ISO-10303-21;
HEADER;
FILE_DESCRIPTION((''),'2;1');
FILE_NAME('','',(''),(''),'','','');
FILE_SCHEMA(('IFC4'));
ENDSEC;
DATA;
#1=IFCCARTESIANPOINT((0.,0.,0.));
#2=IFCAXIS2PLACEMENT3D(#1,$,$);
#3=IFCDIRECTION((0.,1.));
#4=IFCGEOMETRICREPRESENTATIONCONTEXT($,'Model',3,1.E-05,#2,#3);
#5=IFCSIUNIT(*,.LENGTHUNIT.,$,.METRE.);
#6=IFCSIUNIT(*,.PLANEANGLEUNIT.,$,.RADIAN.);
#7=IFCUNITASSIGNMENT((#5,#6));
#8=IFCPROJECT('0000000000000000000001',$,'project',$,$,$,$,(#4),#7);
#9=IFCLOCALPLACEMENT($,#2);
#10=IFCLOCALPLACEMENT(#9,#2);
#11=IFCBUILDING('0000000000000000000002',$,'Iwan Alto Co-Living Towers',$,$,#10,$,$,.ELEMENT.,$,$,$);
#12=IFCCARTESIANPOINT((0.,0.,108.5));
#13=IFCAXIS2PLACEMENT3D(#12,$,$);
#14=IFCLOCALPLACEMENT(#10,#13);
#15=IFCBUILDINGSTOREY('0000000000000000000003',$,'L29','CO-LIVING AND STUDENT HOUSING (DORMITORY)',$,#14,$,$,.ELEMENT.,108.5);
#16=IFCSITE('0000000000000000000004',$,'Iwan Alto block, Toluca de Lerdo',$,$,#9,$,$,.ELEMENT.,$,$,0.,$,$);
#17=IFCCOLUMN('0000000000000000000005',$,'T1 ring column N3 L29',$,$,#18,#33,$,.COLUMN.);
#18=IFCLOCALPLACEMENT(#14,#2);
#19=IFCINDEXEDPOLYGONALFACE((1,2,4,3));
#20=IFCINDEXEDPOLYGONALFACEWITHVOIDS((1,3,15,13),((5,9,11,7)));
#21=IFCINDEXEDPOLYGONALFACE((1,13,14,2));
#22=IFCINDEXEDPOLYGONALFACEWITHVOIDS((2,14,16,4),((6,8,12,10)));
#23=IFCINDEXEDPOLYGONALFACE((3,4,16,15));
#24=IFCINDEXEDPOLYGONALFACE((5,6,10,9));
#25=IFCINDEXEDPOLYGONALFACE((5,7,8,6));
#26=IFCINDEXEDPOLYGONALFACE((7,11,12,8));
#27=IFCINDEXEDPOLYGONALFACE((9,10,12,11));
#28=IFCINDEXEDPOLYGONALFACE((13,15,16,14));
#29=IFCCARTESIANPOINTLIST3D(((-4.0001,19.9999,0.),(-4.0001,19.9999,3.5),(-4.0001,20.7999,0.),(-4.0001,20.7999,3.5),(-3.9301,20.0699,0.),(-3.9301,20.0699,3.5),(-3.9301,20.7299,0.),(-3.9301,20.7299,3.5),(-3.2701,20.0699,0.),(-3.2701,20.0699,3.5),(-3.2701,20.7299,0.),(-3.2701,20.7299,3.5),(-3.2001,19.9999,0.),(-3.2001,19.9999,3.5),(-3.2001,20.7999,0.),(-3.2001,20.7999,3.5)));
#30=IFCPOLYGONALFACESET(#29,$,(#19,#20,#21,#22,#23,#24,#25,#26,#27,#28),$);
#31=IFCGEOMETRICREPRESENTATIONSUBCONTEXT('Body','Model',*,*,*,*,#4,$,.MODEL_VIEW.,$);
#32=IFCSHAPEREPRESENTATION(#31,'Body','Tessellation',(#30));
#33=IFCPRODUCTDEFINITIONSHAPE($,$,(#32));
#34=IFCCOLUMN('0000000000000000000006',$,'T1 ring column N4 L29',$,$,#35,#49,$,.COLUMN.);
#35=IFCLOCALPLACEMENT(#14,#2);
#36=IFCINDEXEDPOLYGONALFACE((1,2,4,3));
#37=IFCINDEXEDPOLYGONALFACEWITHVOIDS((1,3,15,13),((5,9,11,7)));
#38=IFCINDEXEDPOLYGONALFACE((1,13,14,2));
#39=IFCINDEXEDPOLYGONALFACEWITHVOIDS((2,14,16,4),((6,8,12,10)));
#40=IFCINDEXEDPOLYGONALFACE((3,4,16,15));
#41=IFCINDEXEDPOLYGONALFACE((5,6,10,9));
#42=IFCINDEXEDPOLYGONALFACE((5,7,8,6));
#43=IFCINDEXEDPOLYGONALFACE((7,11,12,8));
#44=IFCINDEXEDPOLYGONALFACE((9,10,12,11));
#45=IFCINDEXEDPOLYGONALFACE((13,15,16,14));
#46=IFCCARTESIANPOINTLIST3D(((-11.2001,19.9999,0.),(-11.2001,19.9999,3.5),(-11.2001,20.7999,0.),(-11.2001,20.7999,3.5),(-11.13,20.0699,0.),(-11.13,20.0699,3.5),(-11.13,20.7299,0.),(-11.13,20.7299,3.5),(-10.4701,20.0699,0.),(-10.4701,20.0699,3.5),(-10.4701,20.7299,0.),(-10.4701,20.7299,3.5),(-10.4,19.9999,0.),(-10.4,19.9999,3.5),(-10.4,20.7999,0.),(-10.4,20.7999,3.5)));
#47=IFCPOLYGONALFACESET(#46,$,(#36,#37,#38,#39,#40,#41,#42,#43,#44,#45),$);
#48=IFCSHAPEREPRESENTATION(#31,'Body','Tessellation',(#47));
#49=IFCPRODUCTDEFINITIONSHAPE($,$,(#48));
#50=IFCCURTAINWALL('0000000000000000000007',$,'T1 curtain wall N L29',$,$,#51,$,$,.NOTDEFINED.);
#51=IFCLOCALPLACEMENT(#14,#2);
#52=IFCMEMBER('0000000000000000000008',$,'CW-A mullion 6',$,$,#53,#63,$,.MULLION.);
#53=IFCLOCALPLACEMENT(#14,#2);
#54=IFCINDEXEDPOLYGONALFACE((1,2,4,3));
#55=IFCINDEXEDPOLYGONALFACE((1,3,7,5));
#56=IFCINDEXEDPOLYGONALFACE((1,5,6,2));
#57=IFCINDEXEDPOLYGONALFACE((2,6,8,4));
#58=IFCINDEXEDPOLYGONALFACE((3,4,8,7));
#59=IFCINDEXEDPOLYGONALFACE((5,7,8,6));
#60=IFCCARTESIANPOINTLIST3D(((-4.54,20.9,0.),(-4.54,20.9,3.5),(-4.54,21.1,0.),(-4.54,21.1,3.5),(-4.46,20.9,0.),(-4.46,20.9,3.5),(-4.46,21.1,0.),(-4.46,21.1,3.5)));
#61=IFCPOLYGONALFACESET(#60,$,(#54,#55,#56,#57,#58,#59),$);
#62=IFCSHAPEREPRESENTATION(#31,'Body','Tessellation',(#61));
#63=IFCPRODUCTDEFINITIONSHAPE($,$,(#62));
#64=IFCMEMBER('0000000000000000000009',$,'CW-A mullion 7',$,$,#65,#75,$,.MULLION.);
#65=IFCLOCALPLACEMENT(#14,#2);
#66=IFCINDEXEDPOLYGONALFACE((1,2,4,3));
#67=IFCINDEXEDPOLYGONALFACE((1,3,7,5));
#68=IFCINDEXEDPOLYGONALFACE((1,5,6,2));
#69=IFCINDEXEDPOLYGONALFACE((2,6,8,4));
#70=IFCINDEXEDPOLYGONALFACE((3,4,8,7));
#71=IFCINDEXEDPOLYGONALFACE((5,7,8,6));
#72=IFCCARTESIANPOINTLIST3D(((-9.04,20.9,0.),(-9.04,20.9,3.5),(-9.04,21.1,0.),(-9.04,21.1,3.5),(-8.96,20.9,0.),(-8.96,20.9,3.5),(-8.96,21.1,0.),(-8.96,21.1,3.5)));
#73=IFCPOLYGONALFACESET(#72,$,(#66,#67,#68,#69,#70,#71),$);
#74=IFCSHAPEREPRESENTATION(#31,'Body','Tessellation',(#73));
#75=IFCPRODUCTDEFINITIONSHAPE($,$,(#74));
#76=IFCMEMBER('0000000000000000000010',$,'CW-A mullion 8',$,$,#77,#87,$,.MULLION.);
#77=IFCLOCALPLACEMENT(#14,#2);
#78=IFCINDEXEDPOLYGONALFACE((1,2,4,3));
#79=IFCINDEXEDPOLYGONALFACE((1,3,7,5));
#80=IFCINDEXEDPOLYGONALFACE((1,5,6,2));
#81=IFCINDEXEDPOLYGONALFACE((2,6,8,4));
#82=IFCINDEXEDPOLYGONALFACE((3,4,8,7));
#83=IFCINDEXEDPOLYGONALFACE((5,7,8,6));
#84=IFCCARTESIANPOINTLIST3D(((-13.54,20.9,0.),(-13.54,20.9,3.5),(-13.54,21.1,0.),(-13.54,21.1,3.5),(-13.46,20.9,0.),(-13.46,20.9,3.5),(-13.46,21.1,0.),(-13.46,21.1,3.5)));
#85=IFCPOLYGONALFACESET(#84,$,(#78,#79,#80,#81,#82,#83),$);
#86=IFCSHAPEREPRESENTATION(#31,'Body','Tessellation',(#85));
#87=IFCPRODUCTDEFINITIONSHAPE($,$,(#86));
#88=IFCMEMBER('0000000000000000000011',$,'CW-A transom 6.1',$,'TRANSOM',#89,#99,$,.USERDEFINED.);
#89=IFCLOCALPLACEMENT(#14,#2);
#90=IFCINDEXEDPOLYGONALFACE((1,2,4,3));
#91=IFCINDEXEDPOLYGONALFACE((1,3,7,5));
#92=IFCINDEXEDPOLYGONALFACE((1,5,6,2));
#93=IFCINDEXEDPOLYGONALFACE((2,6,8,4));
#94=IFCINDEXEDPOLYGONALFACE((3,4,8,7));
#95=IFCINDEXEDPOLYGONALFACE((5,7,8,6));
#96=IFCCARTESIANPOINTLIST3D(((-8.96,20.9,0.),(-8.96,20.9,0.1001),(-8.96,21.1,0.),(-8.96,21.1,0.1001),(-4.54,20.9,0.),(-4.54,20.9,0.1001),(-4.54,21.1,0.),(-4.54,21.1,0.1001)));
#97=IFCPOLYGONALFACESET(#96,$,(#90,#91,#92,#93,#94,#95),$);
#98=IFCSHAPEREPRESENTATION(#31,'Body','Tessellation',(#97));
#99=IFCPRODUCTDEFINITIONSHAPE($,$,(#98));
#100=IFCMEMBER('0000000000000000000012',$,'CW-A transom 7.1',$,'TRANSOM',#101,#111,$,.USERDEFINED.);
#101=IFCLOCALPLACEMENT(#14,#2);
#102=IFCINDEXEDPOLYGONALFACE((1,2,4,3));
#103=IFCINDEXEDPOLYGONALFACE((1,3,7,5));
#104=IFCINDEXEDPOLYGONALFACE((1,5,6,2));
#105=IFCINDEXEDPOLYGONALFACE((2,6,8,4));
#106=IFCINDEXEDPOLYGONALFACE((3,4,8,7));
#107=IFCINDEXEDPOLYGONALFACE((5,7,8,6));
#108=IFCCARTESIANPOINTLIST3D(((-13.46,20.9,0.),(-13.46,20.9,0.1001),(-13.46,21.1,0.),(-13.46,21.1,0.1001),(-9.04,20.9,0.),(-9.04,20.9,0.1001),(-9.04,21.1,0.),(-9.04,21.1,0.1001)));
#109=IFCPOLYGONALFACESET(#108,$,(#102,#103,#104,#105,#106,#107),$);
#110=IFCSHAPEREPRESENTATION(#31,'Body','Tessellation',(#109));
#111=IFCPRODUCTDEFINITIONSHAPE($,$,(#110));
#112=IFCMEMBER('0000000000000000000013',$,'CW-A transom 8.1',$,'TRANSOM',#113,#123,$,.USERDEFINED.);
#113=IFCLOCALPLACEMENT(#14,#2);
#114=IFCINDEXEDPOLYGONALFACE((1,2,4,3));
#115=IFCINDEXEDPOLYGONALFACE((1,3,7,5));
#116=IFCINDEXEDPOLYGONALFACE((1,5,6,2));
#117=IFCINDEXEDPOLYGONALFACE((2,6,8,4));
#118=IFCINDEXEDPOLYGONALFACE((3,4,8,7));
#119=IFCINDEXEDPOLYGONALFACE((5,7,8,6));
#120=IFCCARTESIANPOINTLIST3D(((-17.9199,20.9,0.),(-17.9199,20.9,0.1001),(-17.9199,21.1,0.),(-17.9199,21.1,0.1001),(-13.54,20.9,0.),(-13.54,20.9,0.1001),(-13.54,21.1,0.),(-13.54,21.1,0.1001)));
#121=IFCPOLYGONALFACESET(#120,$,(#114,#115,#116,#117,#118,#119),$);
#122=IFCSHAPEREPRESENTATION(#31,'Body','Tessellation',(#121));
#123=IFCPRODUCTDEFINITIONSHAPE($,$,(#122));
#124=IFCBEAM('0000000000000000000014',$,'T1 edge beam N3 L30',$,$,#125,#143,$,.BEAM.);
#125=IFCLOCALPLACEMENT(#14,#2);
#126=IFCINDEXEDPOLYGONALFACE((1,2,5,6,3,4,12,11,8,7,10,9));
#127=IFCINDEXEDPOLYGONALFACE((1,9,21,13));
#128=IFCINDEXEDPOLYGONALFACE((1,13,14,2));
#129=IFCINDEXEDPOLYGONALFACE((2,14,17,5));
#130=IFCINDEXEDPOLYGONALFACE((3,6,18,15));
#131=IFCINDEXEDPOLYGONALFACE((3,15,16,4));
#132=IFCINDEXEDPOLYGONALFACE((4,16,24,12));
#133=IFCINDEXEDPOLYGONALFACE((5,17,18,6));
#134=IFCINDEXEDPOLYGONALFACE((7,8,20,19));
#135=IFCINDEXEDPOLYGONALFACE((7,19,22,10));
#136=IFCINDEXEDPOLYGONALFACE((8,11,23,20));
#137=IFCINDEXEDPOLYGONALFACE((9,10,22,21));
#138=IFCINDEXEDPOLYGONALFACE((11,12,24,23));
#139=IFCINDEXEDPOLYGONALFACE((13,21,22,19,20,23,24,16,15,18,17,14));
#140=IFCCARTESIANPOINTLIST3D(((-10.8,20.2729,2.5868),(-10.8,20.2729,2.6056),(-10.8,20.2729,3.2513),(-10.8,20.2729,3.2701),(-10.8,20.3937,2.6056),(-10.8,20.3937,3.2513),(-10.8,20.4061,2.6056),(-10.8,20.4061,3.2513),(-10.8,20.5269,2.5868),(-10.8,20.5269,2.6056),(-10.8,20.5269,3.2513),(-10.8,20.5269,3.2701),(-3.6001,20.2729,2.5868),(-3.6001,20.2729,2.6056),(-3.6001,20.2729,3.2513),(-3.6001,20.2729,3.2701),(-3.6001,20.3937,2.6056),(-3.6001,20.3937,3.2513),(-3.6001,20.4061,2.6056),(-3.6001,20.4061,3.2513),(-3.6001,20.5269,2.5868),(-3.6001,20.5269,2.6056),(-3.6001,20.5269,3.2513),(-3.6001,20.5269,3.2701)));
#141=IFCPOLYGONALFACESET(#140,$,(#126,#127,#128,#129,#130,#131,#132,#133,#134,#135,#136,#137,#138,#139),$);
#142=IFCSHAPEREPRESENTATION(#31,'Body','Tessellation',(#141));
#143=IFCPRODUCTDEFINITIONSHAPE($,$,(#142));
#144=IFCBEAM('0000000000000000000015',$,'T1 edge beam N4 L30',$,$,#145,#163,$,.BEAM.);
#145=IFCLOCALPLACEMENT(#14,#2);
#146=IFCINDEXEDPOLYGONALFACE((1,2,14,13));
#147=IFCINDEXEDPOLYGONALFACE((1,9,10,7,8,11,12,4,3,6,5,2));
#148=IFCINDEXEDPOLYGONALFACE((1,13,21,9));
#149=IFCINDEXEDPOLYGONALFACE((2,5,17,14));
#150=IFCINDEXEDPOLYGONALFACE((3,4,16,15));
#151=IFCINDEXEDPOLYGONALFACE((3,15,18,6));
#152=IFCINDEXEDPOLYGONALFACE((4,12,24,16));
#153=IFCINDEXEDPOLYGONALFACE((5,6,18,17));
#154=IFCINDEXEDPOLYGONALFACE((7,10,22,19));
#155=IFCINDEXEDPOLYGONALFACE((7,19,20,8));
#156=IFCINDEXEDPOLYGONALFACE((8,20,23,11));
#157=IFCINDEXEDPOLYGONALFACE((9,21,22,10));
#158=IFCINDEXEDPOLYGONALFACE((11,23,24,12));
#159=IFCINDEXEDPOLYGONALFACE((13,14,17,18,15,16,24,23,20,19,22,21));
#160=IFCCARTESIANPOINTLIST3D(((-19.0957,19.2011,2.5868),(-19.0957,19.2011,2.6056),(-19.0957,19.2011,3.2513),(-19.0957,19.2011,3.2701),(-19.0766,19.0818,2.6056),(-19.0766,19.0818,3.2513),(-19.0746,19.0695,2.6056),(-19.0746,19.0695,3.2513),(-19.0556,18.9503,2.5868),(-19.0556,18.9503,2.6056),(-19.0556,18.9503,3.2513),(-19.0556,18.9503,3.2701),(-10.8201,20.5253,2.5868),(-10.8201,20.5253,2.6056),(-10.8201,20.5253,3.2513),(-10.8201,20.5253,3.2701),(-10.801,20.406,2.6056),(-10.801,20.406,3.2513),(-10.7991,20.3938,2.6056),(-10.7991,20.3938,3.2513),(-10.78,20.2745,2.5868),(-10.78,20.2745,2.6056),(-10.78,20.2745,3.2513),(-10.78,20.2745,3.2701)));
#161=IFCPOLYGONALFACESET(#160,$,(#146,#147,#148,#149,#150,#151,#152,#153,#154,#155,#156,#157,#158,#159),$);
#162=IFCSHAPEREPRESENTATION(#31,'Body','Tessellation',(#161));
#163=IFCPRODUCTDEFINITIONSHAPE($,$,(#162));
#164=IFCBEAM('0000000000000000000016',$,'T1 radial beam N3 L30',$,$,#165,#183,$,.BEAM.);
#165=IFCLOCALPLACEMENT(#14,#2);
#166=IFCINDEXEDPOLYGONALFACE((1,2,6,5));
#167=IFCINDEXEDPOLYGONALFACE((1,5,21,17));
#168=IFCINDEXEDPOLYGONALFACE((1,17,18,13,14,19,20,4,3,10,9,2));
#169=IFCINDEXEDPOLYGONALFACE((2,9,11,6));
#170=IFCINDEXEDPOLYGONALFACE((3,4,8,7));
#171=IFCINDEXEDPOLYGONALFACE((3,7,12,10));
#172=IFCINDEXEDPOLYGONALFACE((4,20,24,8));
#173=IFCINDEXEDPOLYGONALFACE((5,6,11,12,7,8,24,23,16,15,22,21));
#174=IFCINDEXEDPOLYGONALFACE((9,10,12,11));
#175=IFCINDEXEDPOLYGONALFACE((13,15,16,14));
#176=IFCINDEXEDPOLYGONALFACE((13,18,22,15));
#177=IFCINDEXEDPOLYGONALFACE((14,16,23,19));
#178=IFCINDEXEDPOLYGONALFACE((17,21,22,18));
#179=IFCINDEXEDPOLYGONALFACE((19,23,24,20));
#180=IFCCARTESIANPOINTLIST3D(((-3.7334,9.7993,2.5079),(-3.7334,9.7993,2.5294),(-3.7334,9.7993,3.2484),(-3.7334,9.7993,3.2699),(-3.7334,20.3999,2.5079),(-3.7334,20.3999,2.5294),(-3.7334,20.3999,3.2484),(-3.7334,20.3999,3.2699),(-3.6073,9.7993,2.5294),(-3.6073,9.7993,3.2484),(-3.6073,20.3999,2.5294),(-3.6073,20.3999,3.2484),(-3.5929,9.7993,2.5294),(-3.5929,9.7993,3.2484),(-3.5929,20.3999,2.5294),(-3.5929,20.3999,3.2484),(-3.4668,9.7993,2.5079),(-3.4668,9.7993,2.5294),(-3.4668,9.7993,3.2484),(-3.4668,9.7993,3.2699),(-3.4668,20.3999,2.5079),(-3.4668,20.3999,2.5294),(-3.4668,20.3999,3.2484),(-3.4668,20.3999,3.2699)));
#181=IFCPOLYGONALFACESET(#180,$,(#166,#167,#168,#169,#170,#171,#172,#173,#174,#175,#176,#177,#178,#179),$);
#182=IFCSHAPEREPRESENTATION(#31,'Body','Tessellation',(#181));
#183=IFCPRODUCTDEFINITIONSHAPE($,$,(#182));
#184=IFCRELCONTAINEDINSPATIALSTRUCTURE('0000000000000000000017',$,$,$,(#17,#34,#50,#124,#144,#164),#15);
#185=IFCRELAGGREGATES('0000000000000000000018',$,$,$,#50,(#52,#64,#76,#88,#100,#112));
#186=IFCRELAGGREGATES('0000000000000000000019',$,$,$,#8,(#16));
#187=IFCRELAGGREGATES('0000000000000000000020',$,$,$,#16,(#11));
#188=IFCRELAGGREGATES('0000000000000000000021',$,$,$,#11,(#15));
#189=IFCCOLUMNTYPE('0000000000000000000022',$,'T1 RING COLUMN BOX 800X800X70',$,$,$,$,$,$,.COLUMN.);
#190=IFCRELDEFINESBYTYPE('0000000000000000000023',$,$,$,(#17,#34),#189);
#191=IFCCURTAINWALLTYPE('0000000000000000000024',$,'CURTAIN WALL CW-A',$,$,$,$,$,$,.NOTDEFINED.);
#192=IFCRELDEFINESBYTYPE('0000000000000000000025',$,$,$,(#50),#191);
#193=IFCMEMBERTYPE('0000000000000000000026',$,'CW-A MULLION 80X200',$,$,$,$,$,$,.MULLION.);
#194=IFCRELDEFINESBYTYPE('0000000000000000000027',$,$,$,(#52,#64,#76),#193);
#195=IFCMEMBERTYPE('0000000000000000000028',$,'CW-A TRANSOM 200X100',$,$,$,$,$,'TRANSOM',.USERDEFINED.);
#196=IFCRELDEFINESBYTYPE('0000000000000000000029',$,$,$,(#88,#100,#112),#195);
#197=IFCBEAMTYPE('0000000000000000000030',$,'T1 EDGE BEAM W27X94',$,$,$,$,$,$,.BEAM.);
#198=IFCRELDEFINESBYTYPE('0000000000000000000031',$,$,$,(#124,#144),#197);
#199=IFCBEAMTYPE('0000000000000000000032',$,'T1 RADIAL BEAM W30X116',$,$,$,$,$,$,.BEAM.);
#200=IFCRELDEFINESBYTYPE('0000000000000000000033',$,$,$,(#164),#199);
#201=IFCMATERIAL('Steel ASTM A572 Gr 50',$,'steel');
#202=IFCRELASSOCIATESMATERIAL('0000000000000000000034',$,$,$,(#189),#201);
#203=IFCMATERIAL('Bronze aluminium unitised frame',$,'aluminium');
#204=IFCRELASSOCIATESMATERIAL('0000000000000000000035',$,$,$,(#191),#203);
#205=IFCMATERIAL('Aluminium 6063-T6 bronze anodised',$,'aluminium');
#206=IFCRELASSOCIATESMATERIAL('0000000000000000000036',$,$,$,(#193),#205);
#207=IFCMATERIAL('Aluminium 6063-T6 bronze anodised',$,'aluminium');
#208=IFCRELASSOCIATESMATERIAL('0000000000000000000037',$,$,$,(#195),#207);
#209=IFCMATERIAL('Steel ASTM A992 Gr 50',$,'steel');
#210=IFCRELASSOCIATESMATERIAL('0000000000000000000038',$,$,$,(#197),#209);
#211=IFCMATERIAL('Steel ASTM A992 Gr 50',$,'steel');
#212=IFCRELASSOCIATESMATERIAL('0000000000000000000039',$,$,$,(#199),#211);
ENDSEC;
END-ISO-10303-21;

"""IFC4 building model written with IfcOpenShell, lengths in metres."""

from ifc_helpers import new_model, si_unit, direction, frame, origin, origin_2d, place, context, subcontext, project, spatial, rectangle, hollow_rectangle, i_section, extrude, material, material_profile, profile_set, type_object, element, aggregate, save


model = new_model("IFC4")

# Units and contexts
model_context = context("Model", 3, precision=1e-05, world=origin(), true_north=direction((0.0, 1.0)))
body_context = subcontext(model_context, "Body", "Model", "MODEL_VIEW")
ifc_project = project(units=[si_unit("LENGTHUNIT", "METRE"), si_unit("PLANEANGLEUNIT", "RADIAN")], contexts=[model_context])

# Site, building, storey
site_placement = place(None, origin())
site = spatial("IfcSite", under=ifc_project, at=site_placement, Name="Iwan Alto block, Toluca de Lerdo", CompositionType="ELEMENT", RefElevation=0.0)
building_placement = place(site_placement, origin())
building = spatial("IfcBuilding", under=site, at=building_placement, Name="Iwan Alto Co-Living Towers", CompositionType="ELEMENT")
storey_placement = place(building_placement, frame((0.0, 0.0, 108.5)))
storey = spatial("IfcBuildingStorey", under=building, at=storey_placement, Name="L29", Description="CO-LIVING AND STUDENT HOUSING (DORMITORY)", CompositionType="ELEMENT", Elevation=108.5)

# Columns
ifc_material_1 = material(Name="Steel ASTM A572 Gr 50", Category="steel")
ifc_material_profile_1 = material_profile(ifc_material_1, hollow_rectangle(XDim=0.8, YDim=0.8, WallThickness=0.0701, at=origin_2d()), Name="BOX 800X800X70")
ifc_profile_set_1 = profile_set([ifc_material_profile_1], Name="Steel ASTM A572 Gr 50")
column_type = type_object("IfcColumnType", Name="T1 RING COLUMN BOX 800X800X70", PredefinedType="COLUMN", material=ifc_profile_set_1)
for number, where, z_axis, x_axis, name in (
    (1, (-3.6001, 20.3999, 0.0), (0.0, 0.0, 1.0), (1.0, 0.0, 0.0), "T1 ring column N3 L29"),
    (2, (-10.8, 20.3999, 0.0), (0.0, 0.0, 1.0), (1.0, 0.0, 0.0), "T1 ring column N4 L29"),
):
    element("IfcColumn", number, at=place(storey_placement, frame(where, z_axis=z_axis, x_axis=x_axis)), inside=storey, type_object=column_type, Name=name, PredefinedType="COLUMN", context=body_context, shape_type="SweptSolid", body=[
        extrude(hollow_rectangle(XDim=0.8, YDim=0.8, WallThickness=0.0701, at=origin_2d()), origin(), (0.0, 0.0, 1.0), 3.5),
    ])

# Curtain wall, members
ifc_material_2 = material(Name="Bronze aluminium unitised frame", Category="aluminium")
curtain_wall_type = type_object("IfcCurtainWallType", Name="CURTAIN WALL CW-A", PredefinedType="NOTDEFINED", material=ifc_material_2)
curtain_wall_placement = place(storey_placement, origin())
curtain_wall = element("IfcCurtainWall", 3, at=curtain_wall_placement, inside=storey, type_object=curtain_wall_type, Name="T1 curtain wall N L29", PredefinedType="NOTDEFINED")
ifc_material_3 = material(Name="Aluminium 6063-T6 bronze anodised", Category="aluminium")
ifc_material_profile_2 = material_profile(ifc_material_3, rectangle(XDim=0.2, YDim=0.0801, at=origin_2d()), Name="AL 80X200")
ifc_profile_set_2 = profile_set([ifc_material_profile_2], Name="Aluminium 6063-T6 bronze anodised")
member_type_1 = type_object("IfcMemberType", Name="CW-A MULLION 80X200", PredefinedType="MULLION", material=ifc_profile_set_2)
member_1_placement = place(storey_placement, frame((-4.5, 21.0, 0.0), z_axis=(0.0, 0.0, 1.0), x_axis=(0.0, -1.0, 0.0)))
member_1 = element("IfcMember", 4, at=member_1_placement, type_object=member_type_1, Name="CW-A mullion 6", PredefinedType="MULLION", context=body_context, shape_type="SweptSolid", body=[
    extrude(rectangle(XDim=0.2, YDim=0.0801, at=origin_2d()), origin(), (0.0, 0.0, 1.0), 3.5),
])
member_2_placement = place(storey_placement, frame((-9.0, 21.0, 0.0), z_axis=(0.0, 0.0, 1.0), x_axis=(0.0, -1.0, 0.0)))
member_2 = element("IfcMember", 5, at=member_2_placement, type_object=member_type_1, Name="CW-A mullion 7", PredefinedType="MULLION", context=body_context, shape_type="SweptSolid", body=[
    extrude(rectangle(XDim=0.2, YDim=0.0801, at=origin_2d()), origin(), (0.0, 0.0, 1.0), 3.5),
])
member_3_placement = place(storey_placement, frame((-13.5, 21.0, 0.0), z_axis=(0.0, 0.0, 1.0), x_axis=(0.0, -1.0, 0.0)))
member_3 = element("IfcMember", 6, at=member_3_placement, type_object=member_type_1, Name="CW-A mullion 8", PredefinedType="MULLION", context=body_context, shape_type="SweptSolid", body=[
    extrude(rectangle(XDim=0.2, YDim=0.0801, at=origin_2d()), origin(), (0.0, 0.0, 1.0), 3.5),
])
ifc_material_4 = material(Name="Aluminium 6063-T6 bronze anodised", Category="aluminium")
ifc_material_profile_3 = material_profile(ifc_material_4, rectangle(XDim=0.2, YDim=0.1001, at=origin_2d()), Name="AL 200X100")
ifc_profile_set_3 = profile_set([ifc_material_profile_3], Name="Aluminium 6063-T6 bronze anodised")
member_type_2 = type_object("IfcMemberType", Name="CW-A TRANSOM 200X100", ElementType="TRANSOM", PredefinedType="USERDEFINED", material=ifc_profile_set_3)
member_4_placement = place(storey_placement, frame((-4.54, 21.0, 0.05), z_axis=(-1.0, 0.0, 0.0), x_axis=(0.0, -1.0, 0.0)))
member_4 = element("IfcMember", 7, at=member_4_placement, type_object=member_type_2, Name="CW-A transom 6.1", ObjectType="TRANSOM", PredefinedType="USERDEFINED", context=body_context, shape_type="SweptSolid", body=[
    extrude(rectangle(XDim=0.2, YDim=0.1001, at=origin_2d()), origin(), (0.0, 0.0, 1.0), 4.4199),
])
member_5_placement = place(storey_placement, frame((-9.04, 21.0, 0.05), z_axis=(-1.0, 0.0, 0.0), x_axis=(0.0, -1.0, 0.0)))
member_5 = element("IfcMember", 8, at=member_5_placement, type_object=member_type_2, Name="CW-A transom 7.1", ObjectType="TRANSOM", PredefinedType="USERDEFINED", context=body_context, shape_type="SweptSolid", body=[
    extrude(rectangle(XDim=0.2, YDim=0.1001, at=origin_2d()), origin(), (0.0, 0.0, 1.0), 4.4199),
])
member_6_placement = place(storey_placement, frame((-13.54, 21.0, 0.05), z_axis=(-1.0, 0.0, 0.0), x_axis=(0.0, -1.0, 0.0)))
member_6 = element("IfcMember", 9, at=member_6_placement, type_object=member_type_2, Name="CW-A transom 8.1", ObjectType="TRANSOM", PredefinedType="USERDEFINED", context=body_context, shape_type="SweptSolid", body=[
    extrude(rectangle(XDim=0.2, YDim=0.1001, at=origin_2d()), origin(), (0.0, 0.0, 1.0), 4.3799),
])

# Beams
ifc_material_5 = material(Name="Steel ASTM A992 Gr 50", Category="steel")
ifc_material_profile_4 = material_profile(ifc_material_5, i_section(OverallWidth=0.2539, OverallDepth=0.6833, WebThickness=0.0125, FlangeThickness=0.0188, at=origin_2d()), Name="W27X94")
ifc_profile_set_4 = profile_set([ifc_material_profile_4], Name="Steel ASTM A992 Gr 50")
beam_type_1 = type_object("IfcBeamType", Name="T1 EDGE BEAM W27X94", PredefinedType="BEAM", material=ifc_profile_set_4)
beam_1_placement = place(storey_placement, frame((-3.6001, 20.3999, 2.9285), z_axis=(-1.0, 0.0, 0.0), x_axis=(0.0, -1.0, 0.0)))
element("IfcBeam", 10, at=beam_1_placement, inside=storey, type_object=beam_type_1, Name="T1 edge beam N3 L30", PredefinedType="BEAM", context=body_context, shape_type="SweptSolid", body=[
    extrude(i_section(OverallWidth=0.2539, OverallDepth=0.6833, WebThickness=0.0125, FlangeThickness=0.0188, at=origin_2d()), origin(), (0.0, 0.0, 1.0), 7.2),
])
beam_2_placement = place(storey_placement, frame((-10.8, 20.3999, 2.9285), z_axis=(-0.987438, -0.158004, 0.0), x_axis=(0.158004, -0.987438, 0.0)))
element("IfcBeam", 11, at=beam_2_placement, inside=storey, type_object=beam_type_1, Name="T1 edge beam N4 L30", PredefinedType="BEAM", context=body_context, shape_type="SweptSolid", body=[
    extrude(i_section(OverallWidth=0.2539, OverallDepth=0.6833, WebThickness=0.0125, FlangeThickness=0.0188, at=origin_2d()), origin(), (0.0, 0.0, 1.0), 8.3809),
])
ifc_material_6 = material(Name="Steel ASTM A992 Gr 50", Category="steel")
ifc_material_profile_5 = material_profile(ifc_material_6, i_section(OverallWidth=0.2666, OverallDepth=0.762, WebThickness=0.0144, FlangeThickness=0.0215, at=origin_2d()), Name="W30X116")
ifc_profile_set_5 = profile_set([ifc_material_profile_5], Name="Steel ASTM A992 Gr 50")
beam_type_2 = type_object("IfcBeamType", Name="T1 RADIAL BEAM W30X116", PredefinedType="BEAM", material=ifc_profile_set_5)
beam_3_placement = place(storey_placement, frame((-3.6001, 20.3999, 2.8889), z_axis=(0.0, -1.0, 0.0), x_axis=(1.0, 0.0, 0.0)))
element("IfcBeam", 12, at=beam_3_placement, inside=storey, type_object=beam_type_2, Name="T1 radial beam N3 L30", PredefinedType="BEAM", context=body_context, shape_type="SweptSolid", body=[
    extrude(i_section(OverallWidth=0.2666, OverallDepth=0.762, WebThickness=0.0144, FlangeThickness=0.0215, at=origin_2d()), origin(), (0.0, 0.0, 1.0), 10.6006),
])

aggregate(curtain_wall, [member_1, member_2, member_3, member_4, member_5, member_6])

save(model, "model.ifc")
